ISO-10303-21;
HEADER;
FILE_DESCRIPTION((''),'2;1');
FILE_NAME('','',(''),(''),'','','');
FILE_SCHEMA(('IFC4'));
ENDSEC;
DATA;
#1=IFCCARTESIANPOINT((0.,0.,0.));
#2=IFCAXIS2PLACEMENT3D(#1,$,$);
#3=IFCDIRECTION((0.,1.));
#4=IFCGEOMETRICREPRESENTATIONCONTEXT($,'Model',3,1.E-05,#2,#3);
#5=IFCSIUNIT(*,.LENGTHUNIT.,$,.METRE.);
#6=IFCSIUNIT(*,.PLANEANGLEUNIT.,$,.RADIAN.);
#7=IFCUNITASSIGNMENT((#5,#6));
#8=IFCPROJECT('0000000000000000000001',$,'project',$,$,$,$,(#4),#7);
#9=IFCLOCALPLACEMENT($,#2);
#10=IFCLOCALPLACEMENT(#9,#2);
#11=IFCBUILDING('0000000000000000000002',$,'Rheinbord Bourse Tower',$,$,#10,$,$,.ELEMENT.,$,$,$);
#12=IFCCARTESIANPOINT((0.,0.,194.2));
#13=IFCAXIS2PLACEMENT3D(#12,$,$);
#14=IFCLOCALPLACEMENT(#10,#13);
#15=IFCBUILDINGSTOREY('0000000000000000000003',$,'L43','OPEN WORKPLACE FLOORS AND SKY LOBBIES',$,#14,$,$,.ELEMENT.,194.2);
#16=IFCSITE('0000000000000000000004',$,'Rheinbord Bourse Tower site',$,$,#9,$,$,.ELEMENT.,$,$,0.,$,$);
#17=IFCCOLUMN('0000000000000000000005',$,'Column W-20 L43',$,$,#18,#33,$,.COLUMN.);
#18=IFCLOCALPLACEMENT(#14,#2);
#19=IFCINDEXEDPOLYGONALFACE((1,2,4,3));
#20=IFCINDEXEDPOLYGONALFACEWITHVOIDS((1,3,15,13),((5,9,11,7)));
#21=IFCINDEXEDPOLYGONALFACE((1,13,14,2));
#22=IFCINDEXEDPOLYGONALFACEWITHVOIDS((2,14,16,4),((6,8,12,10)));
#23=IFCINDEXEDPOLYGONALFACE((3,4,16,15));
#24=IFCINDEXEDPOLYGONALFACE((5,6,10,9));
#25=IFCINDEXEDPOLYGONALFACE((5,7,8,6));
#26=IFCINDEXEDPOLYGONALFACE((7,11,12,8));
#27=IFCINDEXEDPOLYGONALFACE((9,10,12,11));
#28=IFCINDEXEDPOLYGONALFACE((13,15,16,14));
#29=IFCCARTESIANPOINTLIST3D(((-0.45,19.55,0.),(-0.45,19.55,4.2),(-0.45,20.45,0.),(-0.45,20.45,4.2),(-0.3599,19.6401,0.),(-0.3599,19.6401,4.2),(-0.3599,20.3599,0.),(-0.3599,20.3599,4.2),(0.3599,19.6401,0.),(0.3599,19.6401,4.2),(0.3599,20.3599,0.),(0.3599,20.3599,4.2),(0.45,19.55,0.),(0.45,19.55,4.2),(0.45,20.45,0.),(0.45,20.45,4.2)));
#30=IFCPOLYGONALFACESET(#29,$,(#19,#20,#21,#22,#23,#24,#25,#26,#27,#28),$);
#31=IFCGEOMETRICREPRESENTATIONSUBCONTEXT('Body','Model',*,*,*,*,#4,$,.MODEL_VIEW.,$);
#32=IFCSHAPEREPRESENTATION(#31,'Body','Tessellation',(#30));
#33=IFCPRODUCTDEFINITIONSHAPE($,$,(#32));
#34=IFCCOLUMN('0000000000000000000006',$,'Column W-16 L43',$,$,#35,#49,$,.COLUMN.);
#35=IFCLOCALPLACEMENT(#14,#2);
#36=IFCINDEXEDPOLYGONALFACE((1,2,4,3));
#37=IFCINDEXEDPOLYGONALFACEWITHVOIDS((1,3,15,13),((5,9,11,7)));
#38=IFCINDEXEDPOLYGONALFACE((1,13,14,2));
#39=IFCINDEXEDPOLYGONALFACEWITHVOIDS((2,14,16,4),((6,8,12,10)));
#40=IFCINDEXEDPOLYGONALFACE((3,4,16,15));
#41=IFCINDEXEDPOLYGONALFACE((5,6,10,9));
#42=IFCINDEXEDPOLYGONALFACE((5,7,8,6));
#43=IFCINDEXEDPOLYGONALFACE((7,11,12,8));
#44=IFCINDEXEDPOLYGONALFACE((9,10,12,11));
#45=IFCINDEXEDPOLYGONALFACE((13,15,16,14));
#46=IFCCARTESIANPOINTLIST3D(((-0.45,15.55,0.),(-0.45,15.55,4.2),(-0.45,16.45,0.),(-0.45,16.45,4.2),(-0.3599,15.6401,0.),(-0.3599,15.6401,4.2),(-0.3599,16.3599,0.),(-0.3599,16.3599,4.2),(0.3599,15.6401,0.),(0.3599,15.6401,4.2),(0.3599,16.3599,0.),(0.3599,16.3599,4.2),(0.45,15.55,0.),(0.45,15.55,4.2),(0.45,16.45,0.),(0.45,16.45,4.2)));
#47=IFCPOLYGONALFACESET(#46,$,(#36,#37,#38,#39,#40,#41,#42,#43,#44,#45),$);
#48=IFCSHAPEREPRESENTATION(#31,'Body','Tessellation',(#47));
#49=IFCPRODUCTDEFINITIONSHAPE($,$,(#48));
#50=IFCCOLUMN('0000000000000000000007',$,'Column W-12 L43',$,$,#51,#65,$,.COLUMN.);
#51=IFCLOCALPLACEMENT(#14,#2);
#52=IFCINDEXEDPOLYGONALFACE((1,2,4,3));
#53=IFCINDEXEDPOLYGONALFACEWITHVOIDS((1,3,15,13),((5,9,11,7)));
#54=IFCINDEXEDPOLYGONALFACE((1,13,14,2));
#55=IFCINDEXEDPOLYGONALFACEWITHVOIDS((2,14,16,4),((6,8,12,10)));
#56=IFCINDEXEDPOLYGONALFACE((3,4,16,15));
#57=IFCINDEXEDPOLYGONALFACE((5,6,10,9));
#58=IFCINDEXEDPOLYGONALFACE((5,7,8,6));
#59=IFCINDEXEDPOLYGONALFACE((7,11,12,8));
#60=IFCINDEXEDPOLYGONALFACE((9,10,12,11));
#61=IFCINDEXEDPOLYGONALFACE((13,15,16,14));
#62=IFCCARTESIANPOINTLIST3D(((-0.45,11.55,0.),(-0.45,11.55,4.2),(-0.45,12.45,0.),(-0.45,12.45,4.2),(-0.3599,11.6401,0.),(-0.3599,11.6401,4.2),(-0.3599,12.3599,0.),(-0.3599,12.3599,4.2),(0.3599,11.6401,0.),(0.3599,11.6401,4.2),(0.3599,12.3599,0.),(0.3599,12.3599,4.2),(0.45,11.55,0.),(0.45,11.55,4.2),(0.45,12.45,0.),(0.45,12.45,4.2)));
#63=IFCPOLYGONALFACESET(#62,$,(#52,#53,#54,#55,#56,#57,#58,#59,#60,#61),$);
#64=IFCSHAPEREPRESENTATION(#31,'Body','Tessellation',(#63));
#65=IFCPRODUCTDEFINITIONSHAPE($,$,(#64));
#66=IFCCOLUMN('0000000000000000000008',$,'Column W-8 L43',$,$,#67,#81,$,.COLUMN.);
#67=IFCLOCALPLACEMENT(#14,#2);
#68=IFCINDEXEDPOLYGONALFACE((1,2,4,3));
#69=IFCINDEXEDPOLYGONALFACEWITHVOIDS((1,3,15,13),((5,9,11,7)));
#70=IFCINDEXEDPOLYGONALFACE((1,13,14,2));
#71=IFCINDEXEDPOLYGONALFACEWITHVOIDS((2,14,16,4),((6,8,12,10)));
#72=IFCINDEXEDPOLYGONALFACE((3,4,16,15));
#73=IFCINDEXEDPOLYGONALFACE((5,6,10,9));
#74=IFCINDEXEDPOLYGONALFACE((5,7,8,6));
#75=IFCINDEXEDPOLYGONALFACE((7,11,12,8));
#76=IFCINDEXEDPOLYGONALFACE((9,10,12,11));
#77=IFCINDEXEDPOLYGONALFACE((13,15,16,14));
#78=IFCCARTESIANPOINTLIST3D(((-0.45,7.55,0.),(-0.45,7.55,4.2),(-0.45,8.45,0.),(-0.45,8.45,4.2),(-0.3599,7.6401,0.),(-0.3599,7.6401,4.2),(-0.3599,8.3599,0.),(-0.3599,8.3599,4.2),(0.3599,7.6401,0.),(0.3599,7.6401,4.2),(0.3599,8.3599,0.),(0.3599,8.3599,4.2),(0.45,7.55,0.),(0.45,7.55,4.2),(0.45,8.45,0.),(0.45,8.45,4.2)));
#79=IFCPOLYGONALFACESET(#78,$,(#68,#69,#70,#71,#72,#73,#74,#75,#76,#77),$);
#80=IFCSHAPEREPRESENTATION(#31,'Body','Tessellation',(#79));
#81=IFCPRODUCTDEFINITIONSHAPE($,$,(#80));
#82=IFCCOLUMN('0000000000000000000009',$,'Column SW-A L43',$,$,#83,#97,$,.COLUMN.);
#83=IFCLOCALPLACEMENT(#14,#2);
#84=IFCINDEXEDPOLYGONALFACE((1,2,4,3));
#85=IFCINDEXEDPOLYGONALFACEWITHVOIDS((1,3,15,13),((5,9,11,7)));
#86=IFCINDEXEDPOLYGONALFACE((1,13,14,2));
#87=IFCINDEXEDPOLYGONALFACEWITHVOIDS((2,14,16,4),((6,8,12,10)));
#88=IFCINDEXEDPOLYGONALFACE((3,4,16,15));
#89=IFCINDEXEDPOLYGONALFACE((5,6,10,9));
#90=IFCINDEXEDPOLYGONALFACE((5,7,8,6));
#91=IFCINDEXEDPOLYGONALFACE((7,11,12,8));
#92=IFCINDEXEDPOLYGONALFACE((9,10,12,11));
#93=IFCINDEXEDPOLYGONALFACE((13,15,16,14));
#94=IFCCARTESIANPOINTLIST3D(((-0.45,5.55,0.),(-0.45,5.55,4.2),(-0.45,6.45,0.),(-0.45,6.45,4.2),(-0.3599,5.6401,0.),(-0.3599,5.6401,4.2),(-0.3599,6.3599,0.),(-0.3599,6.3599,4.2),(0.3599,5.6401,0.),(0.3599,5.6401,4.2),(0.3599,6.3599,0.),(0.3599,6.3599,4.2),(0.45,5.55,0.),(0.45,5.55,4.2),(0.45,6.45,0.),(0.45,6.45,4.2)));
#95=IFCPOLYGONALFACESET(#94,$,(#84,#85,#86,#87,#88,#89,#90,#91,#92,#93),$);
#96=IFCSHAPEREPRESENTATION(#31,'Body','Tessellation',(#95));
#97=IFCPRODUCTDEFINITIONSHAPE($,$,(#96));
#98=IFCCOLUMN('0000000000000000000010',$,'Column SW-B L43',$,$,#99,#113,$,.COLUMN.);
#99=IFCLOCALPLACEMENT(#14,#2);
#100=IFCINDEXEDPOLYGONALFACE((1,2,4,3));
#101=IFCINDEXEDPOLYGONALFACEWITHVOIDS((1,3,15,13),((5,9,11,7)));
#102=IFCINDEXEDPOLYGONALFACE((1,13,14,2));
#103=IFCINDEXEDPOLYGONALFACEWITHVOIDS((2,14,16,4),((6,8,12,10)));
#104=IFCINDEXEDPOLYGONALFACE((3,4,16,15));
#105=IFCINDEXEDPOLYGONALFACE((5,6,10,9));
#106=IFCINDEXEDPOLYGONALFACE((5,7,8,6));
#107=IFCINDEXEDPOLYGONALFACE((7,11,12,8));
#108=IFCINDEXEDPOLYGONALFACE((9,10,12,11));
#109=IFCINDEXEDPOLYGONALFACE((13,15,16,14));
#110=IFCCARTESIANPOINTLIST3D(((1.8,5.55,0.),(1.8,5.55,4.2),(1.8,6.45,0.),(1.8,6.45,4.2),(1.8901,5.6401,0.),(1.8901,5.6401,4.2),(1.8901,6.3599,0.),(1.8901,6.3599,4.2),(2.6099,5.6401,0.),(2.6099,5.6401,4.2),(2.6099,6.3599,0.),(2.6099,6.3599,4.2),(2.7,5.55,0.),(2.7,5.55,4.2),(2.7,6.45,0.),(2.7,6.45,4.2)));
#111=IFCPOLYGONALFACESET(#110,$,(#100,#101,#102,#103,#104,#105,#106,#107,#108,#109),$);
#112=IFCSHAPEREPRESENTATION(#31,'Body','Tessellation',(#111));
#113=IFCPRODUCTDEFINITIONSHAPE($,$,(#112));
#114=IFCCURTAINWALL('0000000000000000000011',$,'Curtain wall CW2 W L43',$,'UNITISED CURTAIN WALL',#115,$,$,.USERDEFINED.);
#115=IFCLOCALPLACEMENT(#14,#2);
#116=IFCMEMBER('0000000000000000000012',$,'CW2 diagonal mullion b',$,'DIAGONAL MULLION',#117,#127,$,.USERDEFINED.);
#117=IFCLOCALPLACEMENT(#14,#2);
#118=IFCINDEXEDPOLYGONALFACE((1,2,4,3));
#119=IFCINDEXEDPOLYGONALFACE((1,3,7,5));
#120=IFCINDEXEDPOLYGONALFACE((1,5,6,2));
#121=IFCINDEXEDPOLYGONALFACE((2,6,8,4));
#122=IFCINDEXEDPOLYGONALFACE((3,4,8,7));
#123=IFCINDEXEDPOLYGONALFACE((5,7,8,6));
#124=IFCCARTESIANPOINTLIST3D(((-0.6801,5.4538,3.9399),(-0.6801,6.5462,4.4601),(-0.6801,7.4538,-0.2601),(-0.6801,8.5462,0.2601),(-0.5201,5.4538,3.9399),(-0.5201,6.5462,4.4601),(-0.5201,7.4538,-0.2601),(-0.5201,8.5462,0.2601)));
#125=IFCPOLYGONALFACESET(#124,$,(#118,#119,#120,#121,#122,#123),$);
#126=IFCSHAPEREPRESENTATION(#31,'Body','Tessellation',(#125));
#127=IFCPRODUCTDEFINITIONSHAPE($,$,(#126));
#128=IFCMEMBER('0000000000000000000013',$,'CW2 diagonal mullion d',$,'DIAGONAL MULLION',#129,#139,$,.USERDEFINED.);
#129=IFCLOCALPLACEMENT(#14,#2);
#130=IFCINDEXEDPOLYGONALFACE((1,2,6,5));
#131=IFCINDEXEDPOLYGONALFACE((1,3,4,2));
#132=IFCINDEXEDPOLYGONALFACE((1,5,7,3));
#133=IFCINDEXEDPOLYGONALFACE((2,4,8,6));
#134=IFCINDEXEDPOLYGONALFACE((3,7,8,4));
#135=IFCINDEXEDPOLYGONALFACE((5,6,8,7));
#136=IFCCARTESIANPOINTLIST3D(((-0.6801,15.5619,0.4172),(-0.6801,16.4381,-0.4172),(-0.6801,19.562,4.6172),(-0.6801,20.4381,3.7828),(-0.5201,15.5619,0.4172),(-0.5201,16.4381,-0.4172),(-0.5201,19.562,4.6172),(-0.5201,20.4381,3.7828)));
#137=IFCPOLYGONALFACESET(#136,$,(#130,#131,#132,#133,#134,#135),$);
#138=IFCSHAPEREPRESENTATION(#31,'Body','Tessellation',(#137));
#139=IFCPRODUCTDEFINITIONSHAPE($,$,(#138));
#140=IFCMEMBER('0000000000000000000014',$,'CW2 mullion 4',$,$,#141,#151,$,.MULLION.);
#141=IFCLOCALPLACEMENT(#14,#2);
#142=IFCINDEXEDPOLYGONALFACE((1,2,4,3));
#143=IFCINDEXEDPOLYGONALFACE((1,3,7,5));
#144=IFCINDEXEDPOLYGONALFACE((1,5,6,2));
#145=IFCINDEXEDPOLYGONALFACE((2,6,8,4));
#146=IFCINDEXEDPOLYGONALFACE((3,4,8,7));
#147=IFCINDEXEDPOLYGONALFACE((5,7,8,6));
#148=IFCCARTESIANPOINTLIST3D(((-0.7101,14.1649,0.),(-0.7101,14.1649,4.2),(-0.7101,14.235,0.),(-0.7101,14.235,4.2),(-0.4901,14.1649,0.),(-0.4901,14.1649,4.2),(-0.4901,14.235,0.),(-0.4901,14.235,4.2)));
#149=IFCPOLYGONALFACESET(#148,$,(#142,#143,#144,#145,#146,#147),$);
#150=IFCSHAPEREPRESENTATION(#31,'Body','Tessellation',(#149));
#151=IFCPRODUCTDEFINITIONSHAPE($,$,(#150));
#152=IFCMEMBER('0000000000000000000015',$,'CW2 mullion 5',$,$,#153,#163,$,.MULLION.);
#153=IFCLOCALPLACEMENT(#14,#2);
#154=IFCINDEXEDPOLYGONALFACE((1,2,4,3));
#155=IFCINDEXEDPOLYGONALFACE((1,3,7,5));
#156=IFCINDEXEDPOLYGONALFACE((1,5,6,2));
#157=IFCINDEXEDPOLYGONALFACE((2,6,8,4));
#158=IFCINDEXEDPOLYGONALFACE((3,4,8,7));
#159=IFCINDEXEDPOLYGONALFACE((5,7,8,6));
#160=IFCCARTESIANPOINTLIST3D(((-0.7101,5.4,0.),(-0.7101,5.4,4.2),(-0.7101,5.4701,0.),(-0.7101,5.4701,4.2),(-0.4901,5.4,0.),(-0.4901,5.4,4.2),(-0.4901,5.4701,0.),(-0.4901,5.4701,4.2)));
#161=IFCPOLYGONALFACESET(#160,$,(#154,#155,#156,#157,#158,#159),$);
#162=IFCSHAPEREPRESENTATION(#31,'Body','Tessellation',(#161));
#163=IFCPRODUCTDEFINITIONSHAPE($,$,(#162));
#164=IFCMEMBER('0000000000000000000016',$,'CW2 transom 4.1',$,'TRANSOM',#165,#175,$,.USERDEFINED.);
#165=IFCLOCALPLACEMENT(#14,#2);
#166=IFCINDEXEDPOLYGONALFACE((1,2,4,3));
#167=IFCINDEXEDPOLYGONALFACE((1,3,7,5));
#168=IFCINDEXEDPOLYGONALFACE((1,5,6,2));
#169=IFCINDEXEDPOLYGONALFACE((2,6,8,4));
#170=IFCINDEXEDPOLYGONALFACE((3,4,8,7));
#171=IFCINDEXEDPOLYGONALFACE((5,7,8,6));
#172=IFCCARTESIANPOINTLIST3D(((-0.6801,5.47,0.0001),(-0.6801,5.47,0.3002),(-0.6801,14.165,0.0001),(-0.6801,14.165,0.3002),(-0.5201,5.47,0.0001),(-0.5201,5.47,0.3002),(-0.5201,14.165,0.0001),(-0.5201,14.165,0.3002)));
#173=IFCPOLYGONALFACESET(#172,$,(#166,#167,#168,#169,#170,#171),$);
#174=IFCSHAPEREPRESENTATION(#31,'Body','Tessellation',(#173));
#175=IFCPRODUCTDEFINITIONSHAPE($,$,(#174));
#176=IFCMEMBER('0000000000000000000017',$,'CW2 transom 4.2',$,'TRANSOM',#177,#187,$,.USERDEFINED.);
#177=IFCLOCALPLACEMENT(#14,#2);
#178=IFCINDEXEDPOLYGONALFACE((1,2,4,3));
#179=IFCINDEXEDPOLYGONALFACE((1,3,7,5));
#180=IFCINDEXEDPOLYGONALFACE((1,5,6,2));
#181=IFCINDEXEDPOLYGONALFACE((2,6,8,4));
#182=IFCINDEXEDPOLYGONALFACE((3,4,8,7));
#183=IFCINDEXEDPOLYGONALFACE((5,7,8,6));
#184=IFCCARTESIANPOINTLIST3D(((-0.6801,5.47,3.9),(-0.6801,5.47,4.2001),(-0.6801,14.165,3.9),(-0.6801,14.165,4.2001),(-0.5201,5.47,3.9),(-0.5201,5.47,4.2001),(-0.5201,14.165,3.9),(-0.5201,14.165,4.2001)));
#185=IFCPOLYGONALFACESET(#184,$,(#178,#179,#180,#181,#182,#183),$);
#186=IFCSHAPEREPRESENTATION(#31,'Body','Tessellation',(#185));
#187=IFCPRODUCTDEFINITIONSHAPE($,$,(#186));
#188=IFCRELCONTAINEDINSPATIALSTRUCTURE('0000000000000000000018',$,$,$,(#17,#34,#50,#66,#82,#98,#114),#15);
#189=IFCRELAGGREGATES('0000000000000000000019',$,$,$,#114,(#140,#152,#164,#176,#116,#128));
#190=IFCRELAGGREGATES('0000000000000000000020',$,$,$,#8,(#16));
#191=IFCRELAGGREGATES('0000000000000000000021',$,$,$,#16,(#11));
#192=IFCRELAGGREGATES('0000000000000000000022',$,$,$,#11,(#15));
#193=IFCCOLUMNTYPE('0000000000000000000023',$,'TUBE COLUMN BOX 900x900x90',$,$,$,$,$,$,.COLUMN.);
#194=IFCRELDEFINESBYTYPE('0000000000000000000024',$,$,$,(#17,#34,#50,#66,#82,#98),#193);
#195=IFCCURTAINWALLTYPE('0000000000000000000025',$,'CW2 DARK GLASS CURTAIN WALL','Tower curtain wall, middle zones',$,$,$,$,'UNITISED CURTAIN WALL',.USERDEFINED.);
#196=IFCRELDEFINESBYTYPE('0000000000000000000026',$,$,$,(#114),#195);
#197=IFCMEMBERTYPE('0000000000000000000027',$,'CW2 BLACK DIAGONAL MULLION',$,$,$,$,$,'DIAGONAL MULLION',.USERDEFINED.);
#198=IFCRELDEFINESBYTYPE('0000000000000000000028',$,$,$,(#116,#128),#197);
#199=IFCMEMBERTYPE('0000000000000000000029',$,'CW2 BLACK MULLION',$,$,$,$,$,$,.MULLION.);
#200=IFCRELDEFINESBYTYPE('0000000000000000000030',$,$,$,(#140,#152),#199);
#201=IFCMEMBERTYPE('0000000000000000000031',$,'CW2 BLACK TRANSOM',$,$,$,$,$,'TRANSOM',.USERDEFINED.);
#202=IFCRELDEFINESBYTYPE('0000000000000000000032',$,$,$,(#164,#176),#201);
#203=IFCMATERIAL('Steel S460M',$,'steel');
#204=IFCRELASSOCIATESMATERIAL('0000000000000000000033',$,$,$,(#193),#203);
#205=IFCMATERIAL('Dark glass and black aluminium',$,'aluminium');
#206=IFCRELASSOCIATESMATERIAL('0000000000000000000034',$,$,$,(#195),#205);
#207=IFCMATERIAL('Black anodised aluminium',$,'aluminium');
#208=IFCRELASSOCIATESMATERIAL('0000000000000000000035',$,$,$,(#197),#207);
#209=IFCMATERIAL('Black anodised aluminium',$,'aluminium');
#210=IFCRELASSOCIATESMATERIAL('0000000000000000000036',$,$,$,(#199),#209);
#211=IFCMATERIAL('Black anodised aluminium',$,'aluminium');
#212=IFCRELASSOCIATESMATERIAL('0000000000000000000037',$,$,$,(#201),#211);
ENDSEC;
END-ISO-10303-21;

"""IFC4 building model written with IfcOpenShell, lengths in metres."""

from ifc_helpers import new_model, si_unit, direction, frame, origin, origin_2d, place, context, subcontext, project, spatial, rectangle, hollow_rectangle, extrude, material, material_profile, profile_set, type_object, element, aggregate, save


model = new_model("IFC4")

# Units and contexts
model_context = context("Model", 3, precision=1e-05, world=origin(), true_north=direction((0.0, 1.0)))
body_context = subcontext(model_context, "Body", "Model", "MODEL_VIEW")
ifc_project = project(units=[si_unit("LENGTHUNIT", "METRE"), si_unit("PLANEANGLEUNIT", "RADIAN")], contexts=[model_context])

# Site, building, storey
site_placement = place(None, origin())
site = spatial("IfcSite", under=ifc_project, at=site_placement, Name="Rheinbord Bourse Tower site", CompositionType="ELEMENT", RefElevation=0.0)
building_placement = place(site_placement, origin())
building = spatial("IfcBuilding", under=site, at=building_placement, Name="Rheinbord Bourse Tower", CompositionType="ELEMENT")
storey_placement = place(building_placement, frame((0.0, 0.0, 194.2)))
storey = spatial("IfcBuildingStorey", under=building, at=storey_placement, Name="L43", Description="OPEN WORKPLACE FLOORS AND SKY LOBBIES", CompositionType="ELEMENT", Elevation=194.2)

# Columns
ifc_material_1 = material(Name="Steel S460M", Category="steel")
ifc_material_profile_1 = material_profile(ifc_material_1, hollow_rectangle(XDim=0.8999, YDim=0.8999, WallThickness=0.0901, at=origin_2d()), Name="BOX 900x900x90")
ifc_profile_set_1 = profile_set([ifc_material_profile_1], Name="Steel S460M")
column_type = type_object("IfcColumnType", Name="TUBE COLUMN BOX 900x900x90", PredefinedType="COLUMN", material=ifc_profile_set_1)
for number, where, z_axis, x_axis, name in (
    (1, (0.0, 20.0, 0.0), (0.0, 0.0, 1.0), (1.0, 0.0, 0.0), "Column W-20 L43"),
    (2, (0.0, 16.0, 0.0), (0.0, 0.0, 1.0), (1.0, 0.0, 0.0), "Column W-16 L43"),
    (3, (0.0, 12.0, 0.0), (0.0, 0.0, 1.0), (1.0, 0.0, 0.0), "Column W-12 L43"),
    (4, (0.0, 8.0, 0.0), (0.0, 0.0, 1.0), (1.0, 0.0, 0.0), "Column W-8 L43"),
    (5, (0.0, 6.0, 0.0), (0.0, 0.0, 1.0), (1.0, 0.0, 0.0), "Column SW-A L43"),
    (6, (2.25, 6.0, 0.0), (0.0, 0.0, 1.0), (1.0, 0.0, 0.0), "Column SW-B L43"),
):
    element("IfcColumn", number, at=place(storey_placement, frame(where, z_axis=z_axis, x_axis=x_axis)), inside=storey, type_object=column_type, Name=name, PredefinedType="COLUMN", context=body_context, shape_type="SweptSolid", body=[
        extrude(hollow_rectangle(XDim=0.8999, YDim=0.8999, WallThickness=0.0901, at=origin_2d()), origin(), (0.0, 0.0, 1.0), 4.2),
    ])

# Curtain wall, members
ifc_material_2 = material(Name="Dark glass and black aluminium", Category="aluminium")
curtain_wall_type = type_object("IfcCurtainWallType", Name="CW2 DARK GLASS CURTAIN WALL", Description="Tower curtain wall, middle zones", ElementType="UNITISED CURTAIN WALL", PredefinedType="USERDEFINED", material=ifc_material_2)
curtain_wall_placement = place(storey_placement, origin())
curtain_wall = element("IfcCurtainWall", 7, at=curtain_wall_placement, inside=storey, type_object=curtain_wall_type, Name="Curtain wall CW2 W L43", ObjectType="UNITISED CURTAIN WALL", PredefinedType="USERDEFINED")
ifc_material_3 = material(Name="Black anodised aluminium", Category="aluminium")
ifc_material_profile_2 = material_profile(ifc_material_3, rectangle(XDim=0.1599, YDim=1.21, at=origin_2d()), Name="CW2 DIAGONAL MULLION 1210x160")
ifc_profile_set_2 = profile_set([ifc_material_profile_2], Name="Black anodised aluminium")
member_type_1 = type_object("IfcMemberType", Name="CW2 BLACK DIAGONAL MULLION", ElementType="DIAGONAL MULLION", PredefinedType="USERDEFINED", material=ifc_profile_set_2)
member_1_placement = place(storey_placement, frame((-0.6001, 8.0, 0.0), z_axis=(0.0, -0.429938, 0.902859), x_axis=(1.0, 0.0, 0.0)))
member_1 = element("IfcMember", 8, at=member_1_placement, type_object=member_type_1, Name="CW2 diagonal mullion b", ObjectType="DIAGONAL MULLION", PredefinedType="USERDEFINED", context=body_context, shape_type="SweptSolid", body=[
    extrude(rectangle(XDim=0.1599, YDim=1.21, at=origin_2d()), origin(), (0.0, 0.0, 1.0), 4.6519),
])
member_2_placement = place(storey_placement, frame((-0.6001, 16.0, 0.0), z_axis=(0.0, 0.689659, 0.724134), x_axis=(-1.0, 0.0, 0.0)))
member_2 = element("IfcMember", 9, at=member_2_placement, type_object=member_type_1, Name="CW2 diagonal mullion d", ObjectType="DIAGONAL MULLION", PredefinedType="USERDEFINED", context=body_context, shape_type="SweptSolid", body=[
    extrude(rectangle(XDim=0.1599, YDim=1.21, at=origin_2d()), origin(), (0.0, 0.0, 1.0), 5.8),
])
ifc_material_4 = material(Name="Black anodised aluminium", Category="aluminium")
ifc_material_profile_3 = material_profile(ifc_material_4, rectangle(XDim=0.22, YDim=0.0701, at=origin_2d()), Name="CW2 MULLION 70x220")
ifc_profile_set_3 = profile_set([ifc_material_profile_3], Name="Black anodised aluminium")
member_type_2 = type_object("IfcMemberType", Name="CW2 BLACK MULLION", PredefinedType="MULLION", material=ifc_profile_set_3)
member_3_placement = place(storey_placement, frame((-0.6001, 14.2, 0.0), z_axis=(0.0, 0.0, 1.0), x_axis=(1.0, 0.0, 0.0)))
member_3 = element("IfcMember", 10, at=member_3_placement, type_object=member_type_2, Name="CW2 mullion 4", PredefinedType="MULLION", context=body_context, shape_type="SweptSolid", body=[
    extrude(rectangle(XDim=0.22, YDim=0.0701, at=origin_2d()), origin(), (0.0, 0.0, 1.0), 4.2),
])
member_4_placement = place(storey_placement, frame((-0.6001, 5.4351, 0.0), z_axis=(0.0, 0.0, 1.0), x_axis=(1.0, 0.0, 0.0)))
member_4 = element("IfcMember", 11, at=member_4_placement, type_object=member_type_2, Name="CW2 mullion 5", PredefinedType="MULLION", context=body_context, shape_type="SweptSolid", body=[
    extrude(rectangle(XDim=0.22, YDim=0.0701, at=origin_2d()), origin(), (0.0, 0.0, 1.0), 4.2),
])
ifc_material_5 = material(Name="Black anodised aluminium", Category="aluminium")
ifc_material_profile_4 = material_profile(ifc_material_5, rectangle(XDim=0.1599, YDim=0.3, at=origin_2d()), Name="CW2 TRANSOM 300x160")
ifc_profile_set_4 = profile_set([ifc_material_profile_4], Name="Black anodised aluminium")
member_type_3 = type_object("IfcMemberType", Name="CW2 BLACK TRANSOM", ElementType="TRANSOM", PredefinedType="USERDEFINED", material=ifc_profile_set_4)
member_5_placement = place(storey_placement, frame((-0.6001, 14.165, 0.1501), z_axis=(0.0, -1.0, 0.0), x_axis=(1.0, 0.0, 0.0)))
member_5 = element("IfcMember", 12, at=member_5_placement, type_object=member_type_3, Name="CW2 transom 4.1", ObjectType="TRANSOM", PredefinedType="USERDEFINED", context=body_context, shape_type="SweptSolid", body=[
    extrude(rectangle(XDim=0.1599, YDim=0.3, at=origin_2d()), origin(), (0.0, 0.0, 1.0), 8.6951),
])
member_6_placement = place(storey_placement, frame((-0.6001, 14.165, 4.05), z_axis=(0.0, -1.0, 0.0), x_axis=(1.0, 0.0, 0.0)))
member_6 = element("IfcMember", 13, at=member_6_placement, type_object=member_type_3, Name="CW2 transom 4.2", ObjectType="TRANSOM", PredefinedType="USERDEFINED", context=body_context, shape_type="SweptSolid", body=[
    extrude(rectangle(XDim=0.1599, YDim=0.3, at=origin_2d()), origin(), (0.0, 0.0, 1.0), 8.6951),
])

aggregate(curtain_wall, [member_3, member_4, member_5, member_6, member_1, member_2])

save(model, "model.ifc")
